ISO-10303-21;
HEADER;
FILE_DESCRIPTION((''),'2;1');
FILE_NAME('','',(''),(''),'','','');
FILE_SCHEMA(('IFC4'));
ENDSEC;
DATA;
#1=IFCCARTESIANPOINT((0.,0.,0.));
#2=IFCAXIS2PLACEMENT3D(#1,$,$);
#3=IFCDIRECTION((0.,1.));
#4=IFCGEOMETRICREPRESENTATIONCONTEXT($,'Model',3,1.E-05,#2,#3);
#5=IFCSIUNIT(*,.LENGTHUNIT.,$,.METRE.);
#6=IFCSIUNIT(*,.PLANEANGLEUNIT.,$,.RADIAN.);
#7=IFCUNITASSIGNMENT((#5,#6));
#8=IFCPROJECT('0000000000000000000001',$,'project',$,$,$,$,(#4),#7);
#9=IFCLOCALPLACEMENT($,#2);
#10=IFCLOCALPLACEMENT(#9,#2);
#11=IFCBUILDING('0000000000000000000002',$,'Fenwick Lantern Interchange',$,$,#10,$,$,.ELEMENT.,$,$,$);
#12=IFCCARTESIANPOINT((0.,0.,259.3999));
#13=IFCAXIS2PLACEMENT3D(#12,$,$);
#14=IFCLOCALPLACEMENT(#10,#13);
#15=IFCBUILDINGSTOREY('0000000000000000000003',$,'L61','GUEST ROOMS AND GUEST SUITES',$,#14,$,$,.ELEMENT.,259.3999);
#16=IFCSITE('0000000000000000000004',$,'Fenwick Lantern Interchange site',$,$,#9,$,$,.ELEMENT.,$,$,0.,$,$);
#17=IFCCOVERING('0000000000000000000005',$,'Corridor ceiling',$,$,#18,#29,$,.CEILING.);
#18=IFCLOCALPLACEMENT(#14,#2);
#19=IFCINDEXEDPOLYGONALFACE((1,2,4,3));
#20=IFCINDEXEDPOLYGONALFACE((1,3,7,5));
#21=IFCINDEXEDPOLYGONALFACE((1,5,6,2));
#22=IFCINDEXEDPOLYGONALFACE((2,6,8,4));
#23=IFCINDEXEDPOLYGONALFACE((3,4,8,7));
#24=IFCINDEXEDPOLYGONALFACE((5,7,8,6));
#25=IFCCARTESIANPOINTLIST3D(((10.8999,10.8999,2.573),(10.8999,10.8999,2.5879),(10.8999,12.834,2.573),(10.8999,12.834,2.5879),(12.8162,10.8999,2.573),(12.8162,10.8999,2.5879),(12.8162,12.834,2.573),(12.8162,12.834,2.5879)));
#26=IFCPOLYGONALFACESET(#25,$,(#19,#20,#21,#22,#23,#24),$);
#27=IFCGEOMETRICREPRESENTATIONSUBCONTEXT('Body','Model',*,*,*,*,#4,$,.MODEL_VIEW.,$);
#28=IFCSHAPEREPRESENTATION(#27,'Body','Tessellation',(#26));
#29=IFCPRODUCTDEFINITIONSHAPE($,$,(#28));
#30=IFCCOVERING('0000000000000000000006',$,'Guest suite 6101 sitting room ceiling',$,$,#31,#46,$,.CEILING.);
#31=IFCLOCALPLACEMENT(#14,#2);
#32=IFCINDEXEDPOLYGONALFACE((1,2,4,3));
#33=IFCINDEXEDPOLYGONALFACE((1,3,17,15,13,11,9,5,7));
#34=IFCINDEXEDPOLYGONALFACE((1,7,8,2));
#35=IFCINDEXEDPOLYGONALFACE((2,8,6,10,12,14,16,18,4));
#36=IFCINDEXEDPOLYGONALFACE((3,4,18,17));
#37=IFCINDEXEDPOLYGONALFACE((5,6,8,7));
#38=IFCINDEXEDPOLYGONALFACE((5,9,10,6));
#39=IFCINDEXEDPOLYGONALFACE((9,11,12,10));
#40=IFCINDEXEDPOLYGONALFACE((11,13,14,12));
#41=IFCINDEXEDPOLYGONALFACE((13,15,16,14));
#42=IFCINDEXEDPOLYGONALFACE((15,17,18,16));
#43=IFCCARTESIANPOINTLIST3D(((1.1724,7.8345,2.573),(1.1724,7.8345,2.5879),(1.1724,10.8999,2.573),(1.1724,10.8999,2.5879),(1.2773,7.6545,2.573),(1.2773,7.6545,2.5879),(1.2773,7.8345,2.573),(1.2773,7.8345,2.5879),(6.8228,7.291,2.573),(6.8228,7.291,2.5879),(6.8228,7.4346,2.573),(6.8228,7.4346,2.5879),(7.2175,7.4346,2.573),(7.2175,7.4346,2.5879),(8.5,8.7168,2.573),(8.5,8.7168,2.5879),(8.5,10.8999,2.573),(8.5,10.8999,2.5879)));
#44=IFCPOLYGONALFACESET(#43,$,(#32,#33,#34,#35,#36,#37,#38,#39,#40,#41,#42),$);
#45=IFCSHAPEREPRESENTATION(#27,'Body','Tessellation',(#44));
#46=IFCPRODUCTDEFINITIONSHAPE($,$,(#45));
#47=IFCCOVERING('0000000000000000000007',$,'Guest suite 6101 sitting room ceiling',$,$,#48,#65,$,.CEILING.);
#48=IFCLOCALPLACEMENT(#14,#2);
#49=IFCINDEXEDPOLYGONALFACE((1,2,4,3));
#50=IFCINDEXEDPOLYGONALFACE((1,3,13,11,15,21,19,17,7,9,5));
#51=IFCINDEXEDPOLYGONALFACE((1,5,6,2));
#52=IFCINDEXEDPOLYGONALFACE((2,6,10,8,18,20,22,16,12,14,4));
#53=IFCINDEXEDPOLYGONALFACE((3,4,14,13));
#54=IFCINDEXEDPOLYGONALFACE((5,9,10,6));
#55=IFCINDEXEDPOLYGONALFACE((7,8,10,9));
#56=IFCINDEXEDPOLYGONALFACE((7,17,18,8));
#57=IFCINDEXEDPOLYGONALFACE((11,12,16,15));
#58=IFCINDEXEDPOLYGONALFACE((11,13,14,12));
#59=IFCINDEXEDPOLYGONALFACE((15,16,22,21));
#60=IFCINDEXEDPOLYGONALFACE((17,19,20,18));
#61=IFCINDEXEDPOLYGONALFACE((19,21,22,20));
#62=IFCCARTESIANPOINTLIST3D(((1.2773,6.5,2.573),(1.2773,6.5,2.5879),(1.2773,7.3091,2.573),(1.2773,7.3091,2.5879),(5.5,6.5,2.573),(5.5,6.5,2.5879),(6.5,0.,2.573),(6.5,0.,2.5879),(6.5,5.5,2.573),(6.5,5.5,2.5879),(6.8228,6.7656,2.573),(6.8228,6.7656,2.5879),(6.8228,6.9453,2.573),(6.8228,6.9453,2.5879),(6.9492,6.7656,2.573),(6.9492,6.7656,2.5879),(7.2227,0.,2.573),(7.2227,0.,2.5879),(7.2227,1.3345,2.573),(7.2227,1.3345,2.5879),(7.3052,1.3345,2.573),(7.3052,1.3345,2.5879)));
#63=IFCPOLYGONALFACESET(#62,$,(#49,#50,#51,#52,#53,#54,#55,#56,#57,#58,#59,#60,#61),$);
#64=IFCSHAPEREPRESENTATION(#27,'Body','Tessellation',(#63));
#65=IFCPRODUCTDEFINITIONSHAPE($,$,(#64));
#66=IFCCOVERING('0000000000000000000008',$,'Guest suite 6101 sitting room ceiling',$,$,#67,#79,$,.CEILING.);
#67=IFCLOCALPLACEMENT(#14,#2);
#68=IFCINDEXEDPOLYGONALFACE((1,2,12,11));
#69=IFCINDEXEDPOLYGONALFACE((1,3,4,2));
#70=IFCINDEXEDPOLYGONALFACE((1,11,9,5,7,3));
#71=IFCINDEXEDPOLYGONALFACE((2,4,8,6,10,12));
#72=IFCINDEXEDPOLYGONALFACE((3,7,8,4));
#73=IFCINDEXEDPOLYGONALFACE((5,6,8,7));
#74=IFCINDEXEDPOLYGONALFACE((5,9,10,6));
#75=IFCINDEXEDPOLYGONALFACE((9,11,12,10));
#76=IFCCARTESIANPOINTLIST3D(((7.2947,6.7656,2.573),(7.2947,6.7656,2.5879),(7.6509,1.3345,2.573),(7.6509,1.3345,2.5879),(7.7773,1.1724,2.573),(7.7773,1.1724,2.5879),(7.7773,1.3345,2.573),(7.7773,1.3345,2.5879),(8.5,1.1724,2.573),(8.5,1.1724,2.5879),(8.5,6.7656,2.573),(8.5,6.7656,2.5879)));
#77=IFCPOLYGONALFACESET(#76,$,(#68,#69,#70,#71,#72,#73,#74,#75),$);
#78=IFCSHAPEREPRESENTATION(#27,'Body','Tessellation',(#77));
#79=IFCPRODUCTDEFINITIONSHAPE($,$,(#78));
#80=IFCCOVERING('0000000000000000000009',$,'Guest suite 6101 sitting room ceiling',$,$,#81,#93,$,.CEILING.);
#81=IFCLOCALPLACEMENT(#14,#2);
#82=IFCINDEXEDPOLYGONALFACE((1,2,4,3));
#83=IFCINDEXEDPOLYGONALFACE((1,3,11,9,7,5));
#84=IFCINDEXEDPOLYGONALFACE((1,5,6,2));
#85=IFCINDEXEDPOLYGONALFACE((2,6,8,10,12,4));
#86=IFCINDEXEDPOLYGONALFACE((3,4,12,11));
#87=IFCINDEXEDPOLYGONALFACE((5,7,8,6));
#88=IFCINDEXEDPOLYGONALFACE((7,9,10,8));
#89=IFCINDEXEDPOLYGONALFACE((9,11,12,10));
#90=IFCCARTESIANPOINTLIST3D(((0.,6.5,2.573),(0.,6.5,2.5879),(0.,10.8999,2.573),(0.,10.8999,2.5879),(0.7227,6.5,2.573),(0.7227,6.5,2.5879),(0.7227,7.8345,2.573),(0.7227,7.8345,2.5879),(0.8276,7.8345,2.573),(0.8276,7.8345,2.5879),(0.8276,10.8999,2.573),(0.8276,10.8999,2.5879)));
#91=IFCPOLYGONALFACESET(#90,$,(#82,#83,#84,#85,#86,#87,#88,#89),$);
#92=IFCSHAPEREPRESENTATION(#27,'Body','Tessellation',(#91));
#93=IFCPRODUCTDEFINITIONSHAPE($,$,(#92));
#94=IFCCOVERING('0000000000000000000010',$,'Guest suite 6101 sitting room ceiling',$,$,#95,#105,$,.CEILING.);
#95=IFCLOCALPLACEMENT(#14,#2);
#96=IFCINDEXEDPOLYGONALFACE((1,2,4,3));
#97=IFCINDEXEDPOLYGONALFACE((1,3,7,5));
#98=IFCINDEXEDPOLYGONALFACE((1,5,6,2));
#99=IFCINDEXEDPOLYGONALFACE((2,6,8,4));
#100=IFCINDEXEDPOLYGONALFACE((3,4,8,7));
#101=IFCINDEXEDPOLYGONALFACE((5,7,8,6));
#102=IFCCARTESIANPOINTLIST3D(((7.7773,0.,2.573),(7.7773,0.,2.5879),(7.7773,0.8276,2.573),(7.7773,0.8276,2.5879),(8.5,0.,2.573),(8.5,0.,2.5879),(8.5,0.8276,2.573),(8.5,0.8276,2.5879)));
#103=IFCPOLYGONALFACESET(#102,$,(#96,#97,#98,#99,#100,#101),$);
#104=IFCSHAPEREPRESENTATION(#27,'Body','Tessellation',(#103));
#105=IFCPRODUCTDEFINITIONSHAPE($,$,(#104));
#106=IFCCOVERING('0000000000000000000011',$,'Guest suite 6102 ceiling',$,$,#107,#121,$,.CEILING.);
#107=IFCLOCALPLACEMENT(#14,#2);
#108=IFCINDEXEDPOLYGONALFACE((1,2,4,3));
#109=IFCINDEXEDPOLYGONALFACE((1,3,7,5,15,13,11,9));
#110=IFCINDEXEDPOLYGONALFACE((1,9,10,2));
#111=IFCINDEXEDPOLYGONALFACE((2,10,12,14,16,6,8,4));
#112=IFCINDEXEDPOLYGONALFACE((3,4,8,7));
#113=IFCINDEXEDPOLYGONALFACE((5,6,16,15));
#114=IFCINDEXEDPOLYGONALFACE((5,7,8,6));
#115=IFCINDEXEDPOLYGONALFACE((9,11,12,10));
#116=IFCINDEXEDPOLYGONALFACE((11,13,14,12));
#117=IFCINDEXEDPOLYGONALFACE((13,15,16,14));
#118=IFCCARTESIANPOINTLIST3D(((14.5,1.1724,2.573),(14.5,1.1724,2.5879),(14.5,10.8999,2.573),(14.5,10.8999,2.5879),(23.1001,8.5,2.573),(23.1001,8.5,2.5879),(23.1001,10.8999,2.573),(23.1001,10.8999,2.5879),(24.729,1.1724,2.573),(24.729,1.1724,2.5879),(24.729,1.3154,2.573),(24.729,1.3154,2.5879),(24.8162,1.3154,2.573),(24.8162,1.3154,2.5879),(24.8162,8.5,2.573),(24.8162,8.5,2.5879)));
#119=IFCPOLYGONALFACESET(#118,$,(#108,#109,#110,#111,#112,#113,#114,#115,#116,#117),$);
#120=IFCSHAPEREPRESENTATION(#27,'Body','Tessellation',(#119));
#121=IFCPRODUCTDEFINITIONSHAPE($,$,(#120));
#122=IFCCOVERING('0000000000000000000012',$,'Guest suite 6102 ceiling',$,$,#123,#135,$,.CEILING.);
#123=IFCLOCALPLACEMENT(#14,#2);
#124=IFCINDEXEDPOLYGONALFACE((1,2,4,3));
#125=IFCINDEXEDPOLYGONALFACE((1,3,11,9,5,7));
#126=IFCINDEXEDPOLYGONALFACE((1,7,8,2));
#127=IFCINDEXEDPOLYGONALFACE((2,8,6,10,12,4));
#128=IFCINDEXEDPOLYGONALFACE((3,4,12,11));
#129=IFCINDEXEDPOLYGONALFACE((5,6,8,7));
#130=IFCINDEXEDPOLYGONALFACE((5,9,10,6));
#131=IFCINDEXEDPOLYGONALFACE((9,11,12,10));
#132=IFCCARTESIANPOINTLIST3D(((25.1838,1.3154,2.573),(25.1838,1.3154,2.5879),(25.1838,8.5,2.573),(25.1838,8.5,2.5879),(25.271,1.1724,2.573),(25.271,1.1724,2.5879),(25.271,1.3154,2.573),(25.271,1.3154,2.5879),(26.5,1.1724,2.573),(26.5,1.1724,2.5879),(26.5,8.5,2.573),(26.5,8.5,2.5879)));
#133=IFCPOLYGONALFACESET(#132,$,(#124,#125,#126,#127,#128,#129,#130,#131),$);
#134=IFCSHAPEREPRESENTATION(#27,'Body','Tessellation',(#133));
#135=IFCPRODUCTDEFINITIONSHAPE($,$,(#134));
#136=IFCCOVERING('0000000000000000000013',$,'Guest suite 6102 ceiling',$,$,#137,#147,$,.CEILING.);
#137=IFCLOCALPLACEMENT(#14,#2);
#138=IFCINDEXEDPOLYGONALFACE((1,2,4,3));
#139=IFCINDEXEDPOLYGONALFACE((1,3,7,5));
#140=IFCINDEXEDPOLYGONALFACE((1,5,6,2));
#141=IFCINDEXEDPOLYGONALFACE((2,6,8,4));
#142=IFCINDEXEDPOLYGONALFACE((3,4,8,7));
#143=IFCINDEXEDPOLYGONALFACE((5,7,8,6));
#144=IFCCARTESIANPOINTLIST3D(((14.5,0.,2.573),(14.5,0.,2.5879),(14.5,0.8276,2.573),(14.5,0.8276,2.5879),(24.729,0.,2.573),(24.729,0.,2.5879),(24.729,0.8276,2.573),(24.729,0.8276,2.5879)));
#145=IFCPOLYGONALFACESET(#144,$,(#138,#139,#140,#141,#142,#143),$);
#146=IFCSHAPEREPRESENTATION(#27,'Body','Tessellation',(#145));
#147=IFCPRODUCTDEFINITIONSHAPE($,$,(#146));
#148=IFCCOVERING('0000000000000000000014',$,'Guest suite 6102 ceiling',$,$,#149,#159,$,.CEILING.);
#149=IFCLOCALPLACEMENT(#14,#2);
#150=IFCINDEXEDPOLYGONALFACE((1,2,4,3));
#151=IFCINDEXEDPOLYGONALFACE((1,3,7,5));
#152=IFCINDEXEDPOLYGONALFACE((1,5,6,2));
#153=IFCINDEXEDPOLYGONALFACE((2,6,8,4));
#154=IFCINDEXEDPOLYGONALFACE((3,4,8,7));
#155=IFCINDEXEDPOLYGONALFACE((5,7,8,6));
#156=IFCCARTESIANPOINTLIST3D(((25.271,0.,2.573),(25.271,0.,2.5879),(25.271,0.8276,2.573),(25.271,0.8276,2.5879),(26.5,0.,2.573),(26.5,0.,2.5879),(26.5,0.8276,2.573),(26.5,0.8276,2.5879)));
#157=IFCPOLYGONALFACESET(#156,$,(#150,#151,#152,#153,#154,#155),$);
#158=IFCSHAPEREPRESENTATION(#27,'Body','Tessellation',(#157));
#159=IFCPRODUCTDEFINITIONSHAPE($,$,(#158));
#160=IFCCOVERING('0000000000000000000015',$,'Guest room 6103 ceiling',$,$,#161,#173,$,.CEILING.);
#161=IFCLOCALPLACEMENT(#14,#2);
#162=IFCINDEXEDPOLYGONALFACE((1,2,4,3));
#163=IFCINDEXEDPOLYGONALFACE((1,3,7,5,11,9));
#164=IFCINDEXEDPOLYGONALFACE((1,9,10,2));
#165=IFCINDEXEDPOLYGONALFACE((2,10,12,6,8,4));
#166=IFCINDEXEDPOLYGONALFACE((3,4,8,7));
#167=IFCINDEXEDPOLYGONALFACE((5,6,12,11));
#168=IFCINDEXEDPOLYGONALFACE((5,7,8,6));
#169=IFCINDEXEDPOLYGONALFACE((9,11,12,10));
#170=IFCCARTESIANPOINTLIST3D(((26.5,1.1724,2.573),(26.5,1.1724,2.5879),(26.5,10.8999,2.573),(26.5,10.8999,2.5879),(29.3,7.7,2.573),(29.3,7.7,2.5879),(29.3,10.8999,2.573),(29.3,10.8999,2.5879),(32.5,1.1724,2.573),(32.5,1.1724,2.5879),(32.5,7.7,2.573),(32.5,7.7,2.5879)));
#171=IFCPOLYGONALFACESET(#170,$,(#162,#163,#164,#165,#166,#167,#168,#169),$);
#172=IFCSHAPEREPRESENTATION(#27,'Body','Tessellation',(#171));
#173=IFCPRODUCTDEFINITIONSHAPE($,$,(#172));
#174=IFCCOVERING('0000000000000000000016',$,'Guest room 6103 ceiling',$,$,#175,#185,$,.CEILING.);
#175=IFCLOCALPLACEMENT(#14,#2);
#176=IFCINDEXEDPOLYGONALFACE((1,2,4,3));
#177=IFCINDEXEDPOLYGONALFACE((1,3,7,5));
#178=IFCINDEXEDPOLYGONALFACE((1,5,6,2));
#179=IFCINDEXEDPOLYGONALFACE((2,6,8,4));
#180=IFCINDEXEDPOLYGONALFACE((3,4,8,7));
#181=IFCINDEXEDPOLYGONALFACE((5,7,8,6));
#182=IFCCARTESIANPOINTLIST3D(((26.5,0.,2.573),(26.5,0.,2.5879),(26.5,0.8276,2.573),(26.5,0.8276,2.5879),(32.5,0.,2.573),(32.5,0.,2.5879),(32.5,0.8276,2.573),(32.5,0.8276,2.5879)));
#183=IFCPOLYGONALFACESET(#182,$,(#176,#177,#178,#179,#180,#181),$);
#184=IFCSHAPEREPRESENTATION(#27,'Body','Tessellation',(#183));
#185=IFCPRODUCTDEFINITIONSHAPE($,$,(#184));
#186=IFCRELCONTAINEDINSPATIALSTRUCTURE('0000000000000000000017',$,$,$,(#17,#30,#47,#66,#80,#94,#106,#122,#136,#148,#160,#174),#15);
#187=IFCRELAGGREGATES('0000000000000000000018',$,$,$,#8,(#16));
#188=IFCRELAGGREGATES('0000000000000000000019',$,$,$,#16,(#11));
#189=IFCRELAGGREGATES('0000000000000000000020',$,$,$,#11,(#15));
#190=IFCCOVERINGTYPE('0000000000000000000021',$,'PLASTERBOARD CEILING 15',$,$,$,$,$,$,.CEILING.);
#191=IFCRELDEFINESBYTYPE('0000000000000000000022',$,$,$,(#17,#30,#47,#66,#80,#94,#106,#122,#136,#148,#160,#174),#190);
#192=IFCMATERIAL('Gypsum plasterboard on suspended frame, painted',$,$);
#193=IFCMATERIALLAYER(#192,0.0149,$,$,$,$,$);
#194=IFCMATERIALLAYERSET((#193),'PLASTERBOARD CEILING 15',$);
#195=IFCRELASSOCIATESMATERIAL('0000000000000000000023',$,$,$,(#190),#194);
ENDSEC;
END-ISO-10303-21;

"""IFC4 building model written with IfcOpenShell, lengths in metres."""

from ifc_helpers import new_model, si_unit, direction, frame, origin, place, context, subcontext, project, spatial, polyline, outline, extrude, material, layer, layer_set, type_object, element, save


model = new_model("IFC4")

# Units and contexts
model_context = context("Model", 3, precision=1e-05, world=origin(), true_north=direction((0.0, 1.0)))
body_context = subcontext(model_context, "Body", "Model", "MODEL_VIEW")
ifc_project = project(units=[si_unit("LENGTHUNIT", "METRE"), si_unit("PLANEANGLEUNIT", "RADIAN")], contexts=[model_context])

# Site, building, storey
site_placement = place(None, origin())
site = spatial("IfcSite", under=ifc_project, at=site_placement, Name="Fenwick Lantern Interchange site", CompositionType="ELEMENT", RefElevation=0.0)
building_placement = place(site_placement, origin())
building = spatial("IfcBuilding", under=site, at=building_placement, Name="Fenwick Lantern Interchange", CompositionType="ELEMENT")
storey_placement = place(building_placement, frame((0.0, 0.0, 259.3999)))
storey = spatial("IfcBuildingStorey", under=building, at=storey_placement, Name="L61", Description="GUEST ROOMS AND GUEST SUITES", CompositionType="ELEMENT", Elevation=259.3999)

# Coverings
ifc_material_1 = material(Name="Gypsum plasterboard on suspended frame, painted")
ifc_layer_1 = layer(ifc_material_1, 0.0149)
ifc_layer_set_1 = layer_set([ifc_layer_1], Name="PLASTERBOARD CEILING 15")
covering_type_1 = type_object("IfcCoveringType", Name="PLASTERBOARD CEILING 15", PredefinedType="CEILING", material=ifc_layer_set_1)
covering_1_placement = place(storey_placement, frame((0.0, 0.0, 2.573)))
element("IfcCovering", 1, at=covering_1_placement, inside=storey, type_object=covering_type_1, Name="Corridor ceiling", PredefinedType="CEILING", context=body_context, shape_type="SweptSolid", body=[
    extrude(outline(polyline([(10.8999, 10.8999), (12.8162, 10.8999), (12.8162, 12.834), (10.8999, 12.834), (10.8999, 10.8999)])), origin(), (0.0, 0.0, 1.0), 0.0149),
])
covering_2_placement = place(storey_placement, frame((0.0, 0.0, 2.573)))
element("IfcCovering", 2, at=covering_2_placement, inside=storey, type_object=covering_type_1, Name="Guest suite 6101 sitting room ceiling", PredefinedType="CEILING", context=body_context, shape_type="SweptSolid", body=[
    extrude(outline(polyline([(1.1724, 7.8345), (1.2773, 7.8345), (1.2773, 7.6545), (6.8228, 7.291), (6.8228, 7.4346), (7.2175, 7.4346), (8.5, 8.7168), (8.5, 10.8999), (1.1724, 10.8999), (1.1724, 7.8345)])), origin(), (0.0, 0.0, 1.0), 0.0149),
])
covering_3_placement = place(storey_placement, frame((0.0, 0.0, 2.573)))
element("IfcCovering", 3, at=covering_3_placement, inside=storey, type_object=covering_type_1, Name="Guest suite 6101 sitting room ceiling", PredefinedType="CEILING", context=body_context, shape_type="SweptSolid", body=[
    extrude(outline(polyline([(6.8228, 6.7656), (6.8228, 6.9453), (1.2773, 7.3091), (1.2773, 6.5), (5.5, 6.5), (6.5, 5.5), (6.5, 0.0), (7.2227, 0.0), (7.2227, 1.3345), (7.3052, 1.3345), (6.9492, 6.7656), (6.8228, 6.7656)])), origin(), (0.0, 0.0, 1.0), 0.0149),
])
covering_4_placement = place(storey_placement, frame((0.0, 0.0, 2.573)))
element("IfcCovering", 4, at=covering_4_placement, inside=storey, type_object=covering_type_1, Name="Guest suite 6101 sitting room ceiling", PredefinedType="CEILING", context=body_context, shape_type="SweptSolid", body=[
    extrude(outline(polyline([(8.5, 6.7656), (7.2947, 6.7656), (7.6509, 1.3345), (7.7773, 1.3345), (7.7773, 1.1724), (8.5, 1.1724), (8.5, 6.7656)])), origin(), (0.0, 0.0, 1.0), 0.0149),
])
covering_5_placement = place(storey_placement, frame((0.0, 0.0, 2.573)))
element("IfcCovering", 5, at=covering_5_placement, inside=storey, type_object=covering_type_1, Name="Guest suite 6101 sitting room ceiling", PredefinedType="CEILING", context=body_context, shape_type="SweptSolid", body=[
    extrude(outline(polyline([(0.7227, 7.8345), (0.8276, 7.8345), (0.8276, 10.8999), (0.0, 10.8999), (0.0, 6.5), (0.7227, 6.5), (0.7227, 7.8345)])), origin(), (0.0, 0.0, 1.0), 0.0149),
])
covering_6_placement = place(storey_placement, frame((0.0, 0.0, 2.573)))
element("IfcCovering", 6, at=covering_6_placement, inside=storey, type_object=covering_type_1, Name="Guest suite 6101 sitting room ceiling", PredefinedType="CEILING", context=body_context, shape_type="SweptSolid", body=[
    extrude(outline(polyline([(8.5, 0.0), (8.5, 0.8276), (7.7773, 0.8276), (7.7773, 0.0), (8.5, 0.0)])), origin(), (0.0, 0.0, 1.0), 0.0149),
])
covering_7_placement = place(storey_placement, frame((0.0, 0.0, 2.573)))
element("IfcCovering", 7, at=covering_7_placement, inside=storey, type_object=covering_type_1, Name="Guest suite 6102 ceiling", PredefinedType="CEILING", context=body_context, shape_type="SweptSolid", body=[
    extrude(outline(polyline([(24.729, 1.3154), (24.8162, 1.3154), (24.8162, 8.5), (23.1001, 8.5), (23.1001, 10.8999), (14.5, 10.8999), (14.5, 1.1724), (24.729, 1.1724), (24.729, 1.3154)])), origin(), (0.0, 0.0, 1.0), 0.0149),
])
covering_8_placement = place(storey_placement, frame((0.0, 0.0, 2.573)))
element("IfcCovering", 8, at=covering_8_placement, inside=storey, type_object=covering_type_1, Name="Guest suite 6102 ceiling", PredefinedType="CEILING", context=body_context, shape_type="SweptSolid", body=[
    extrude(outline(polyline([(25.271, 1.3154), (25.271, 1.1724), (26.5, 1.1724), (26.5, 8.5), (25.1838, 8.5), (25.1838, 1.3154), (25.271, 1.3154)])), origin(), (0.0, 0.0, 1.0), 0.0149),
])
covering_9_placement = place(storey_placement, frame((0.0, 0.0, 2.573)))
element("IfcCovering", 9, at=covering_9_placement, inside=storey, type_object=covering_type_1, Name="Guest suite 6102 ceiling", PredefinedType="CEILING", context=body_context, shape_type="SweptSolid", body=[
    extrude(outline(polyline([(24.729, 0.0), (24.729, 0.8276), (14.5, 0.8276), (14.5, 0.0), (24.729, 0.0)])), origin(), (0.0, 0.0, 1.0), 0.0149),
])
covering_10_placement = place(storey_placement, frame((0.0, 0.0, 2.573)))
element("IfcCovering", 10, at=covering_10_placement, inside=storey, type_object=covering_type_1, Name="Guest suite 6102 ceiling", PredefinedType="CEILING", context=body_context, shape_type="SweptSolid", body=[
    extrude(outline(polyline([(25.271, 0.8276), (25.271, 0.0), (26.5, 0.0), (26.5, 0.8276), (25.271, 0.8276)])), origin(), (0.0, 0.0, 1.0), 0.0149),
])
covering_11_placement = place(storey_placement, frame((0.0, 0.0, 2.573)))
element("IfcCovering", 11, at=covering_11_placement, inside=storey, type_object=covering_type_1, Name="Guest room 6103 ceiling", PredefinedType="CEILING", context=body_context, shape_type="SweptSolid", body=[
    extrude(outline(polyline([(26.5, 10.8999), (26.5, 1.1724), (32.5, 1.1724), (32.5, 7.7), (29.3, 7.7), (29.3, 10.8999), (26.5, 10.8999)])), origin(), (0.0, 0.0, 1.0), 0.0149),
])
covering_12_placement = place(storey_placement, frame((0.0, 0.0, 2.573)))
element("IfcCovering", 12, at=covering_12_placement, inside=storey, type_object=covering_type_1, Name="Guest room 6103 ceiling", PredefinedType="CEILING", context=body_context, shape_type="SweptSolid", body=[
    extrude(outline(polyline([(26.5, 0.0), (32.5, 0.0), (32.5, 0.8276), (26.5, 0.8276), (26.5, 0.0)])), origin(), (0.0, 0.0, 1.0), 0.0149),
])

save(model, "model.ifc")
